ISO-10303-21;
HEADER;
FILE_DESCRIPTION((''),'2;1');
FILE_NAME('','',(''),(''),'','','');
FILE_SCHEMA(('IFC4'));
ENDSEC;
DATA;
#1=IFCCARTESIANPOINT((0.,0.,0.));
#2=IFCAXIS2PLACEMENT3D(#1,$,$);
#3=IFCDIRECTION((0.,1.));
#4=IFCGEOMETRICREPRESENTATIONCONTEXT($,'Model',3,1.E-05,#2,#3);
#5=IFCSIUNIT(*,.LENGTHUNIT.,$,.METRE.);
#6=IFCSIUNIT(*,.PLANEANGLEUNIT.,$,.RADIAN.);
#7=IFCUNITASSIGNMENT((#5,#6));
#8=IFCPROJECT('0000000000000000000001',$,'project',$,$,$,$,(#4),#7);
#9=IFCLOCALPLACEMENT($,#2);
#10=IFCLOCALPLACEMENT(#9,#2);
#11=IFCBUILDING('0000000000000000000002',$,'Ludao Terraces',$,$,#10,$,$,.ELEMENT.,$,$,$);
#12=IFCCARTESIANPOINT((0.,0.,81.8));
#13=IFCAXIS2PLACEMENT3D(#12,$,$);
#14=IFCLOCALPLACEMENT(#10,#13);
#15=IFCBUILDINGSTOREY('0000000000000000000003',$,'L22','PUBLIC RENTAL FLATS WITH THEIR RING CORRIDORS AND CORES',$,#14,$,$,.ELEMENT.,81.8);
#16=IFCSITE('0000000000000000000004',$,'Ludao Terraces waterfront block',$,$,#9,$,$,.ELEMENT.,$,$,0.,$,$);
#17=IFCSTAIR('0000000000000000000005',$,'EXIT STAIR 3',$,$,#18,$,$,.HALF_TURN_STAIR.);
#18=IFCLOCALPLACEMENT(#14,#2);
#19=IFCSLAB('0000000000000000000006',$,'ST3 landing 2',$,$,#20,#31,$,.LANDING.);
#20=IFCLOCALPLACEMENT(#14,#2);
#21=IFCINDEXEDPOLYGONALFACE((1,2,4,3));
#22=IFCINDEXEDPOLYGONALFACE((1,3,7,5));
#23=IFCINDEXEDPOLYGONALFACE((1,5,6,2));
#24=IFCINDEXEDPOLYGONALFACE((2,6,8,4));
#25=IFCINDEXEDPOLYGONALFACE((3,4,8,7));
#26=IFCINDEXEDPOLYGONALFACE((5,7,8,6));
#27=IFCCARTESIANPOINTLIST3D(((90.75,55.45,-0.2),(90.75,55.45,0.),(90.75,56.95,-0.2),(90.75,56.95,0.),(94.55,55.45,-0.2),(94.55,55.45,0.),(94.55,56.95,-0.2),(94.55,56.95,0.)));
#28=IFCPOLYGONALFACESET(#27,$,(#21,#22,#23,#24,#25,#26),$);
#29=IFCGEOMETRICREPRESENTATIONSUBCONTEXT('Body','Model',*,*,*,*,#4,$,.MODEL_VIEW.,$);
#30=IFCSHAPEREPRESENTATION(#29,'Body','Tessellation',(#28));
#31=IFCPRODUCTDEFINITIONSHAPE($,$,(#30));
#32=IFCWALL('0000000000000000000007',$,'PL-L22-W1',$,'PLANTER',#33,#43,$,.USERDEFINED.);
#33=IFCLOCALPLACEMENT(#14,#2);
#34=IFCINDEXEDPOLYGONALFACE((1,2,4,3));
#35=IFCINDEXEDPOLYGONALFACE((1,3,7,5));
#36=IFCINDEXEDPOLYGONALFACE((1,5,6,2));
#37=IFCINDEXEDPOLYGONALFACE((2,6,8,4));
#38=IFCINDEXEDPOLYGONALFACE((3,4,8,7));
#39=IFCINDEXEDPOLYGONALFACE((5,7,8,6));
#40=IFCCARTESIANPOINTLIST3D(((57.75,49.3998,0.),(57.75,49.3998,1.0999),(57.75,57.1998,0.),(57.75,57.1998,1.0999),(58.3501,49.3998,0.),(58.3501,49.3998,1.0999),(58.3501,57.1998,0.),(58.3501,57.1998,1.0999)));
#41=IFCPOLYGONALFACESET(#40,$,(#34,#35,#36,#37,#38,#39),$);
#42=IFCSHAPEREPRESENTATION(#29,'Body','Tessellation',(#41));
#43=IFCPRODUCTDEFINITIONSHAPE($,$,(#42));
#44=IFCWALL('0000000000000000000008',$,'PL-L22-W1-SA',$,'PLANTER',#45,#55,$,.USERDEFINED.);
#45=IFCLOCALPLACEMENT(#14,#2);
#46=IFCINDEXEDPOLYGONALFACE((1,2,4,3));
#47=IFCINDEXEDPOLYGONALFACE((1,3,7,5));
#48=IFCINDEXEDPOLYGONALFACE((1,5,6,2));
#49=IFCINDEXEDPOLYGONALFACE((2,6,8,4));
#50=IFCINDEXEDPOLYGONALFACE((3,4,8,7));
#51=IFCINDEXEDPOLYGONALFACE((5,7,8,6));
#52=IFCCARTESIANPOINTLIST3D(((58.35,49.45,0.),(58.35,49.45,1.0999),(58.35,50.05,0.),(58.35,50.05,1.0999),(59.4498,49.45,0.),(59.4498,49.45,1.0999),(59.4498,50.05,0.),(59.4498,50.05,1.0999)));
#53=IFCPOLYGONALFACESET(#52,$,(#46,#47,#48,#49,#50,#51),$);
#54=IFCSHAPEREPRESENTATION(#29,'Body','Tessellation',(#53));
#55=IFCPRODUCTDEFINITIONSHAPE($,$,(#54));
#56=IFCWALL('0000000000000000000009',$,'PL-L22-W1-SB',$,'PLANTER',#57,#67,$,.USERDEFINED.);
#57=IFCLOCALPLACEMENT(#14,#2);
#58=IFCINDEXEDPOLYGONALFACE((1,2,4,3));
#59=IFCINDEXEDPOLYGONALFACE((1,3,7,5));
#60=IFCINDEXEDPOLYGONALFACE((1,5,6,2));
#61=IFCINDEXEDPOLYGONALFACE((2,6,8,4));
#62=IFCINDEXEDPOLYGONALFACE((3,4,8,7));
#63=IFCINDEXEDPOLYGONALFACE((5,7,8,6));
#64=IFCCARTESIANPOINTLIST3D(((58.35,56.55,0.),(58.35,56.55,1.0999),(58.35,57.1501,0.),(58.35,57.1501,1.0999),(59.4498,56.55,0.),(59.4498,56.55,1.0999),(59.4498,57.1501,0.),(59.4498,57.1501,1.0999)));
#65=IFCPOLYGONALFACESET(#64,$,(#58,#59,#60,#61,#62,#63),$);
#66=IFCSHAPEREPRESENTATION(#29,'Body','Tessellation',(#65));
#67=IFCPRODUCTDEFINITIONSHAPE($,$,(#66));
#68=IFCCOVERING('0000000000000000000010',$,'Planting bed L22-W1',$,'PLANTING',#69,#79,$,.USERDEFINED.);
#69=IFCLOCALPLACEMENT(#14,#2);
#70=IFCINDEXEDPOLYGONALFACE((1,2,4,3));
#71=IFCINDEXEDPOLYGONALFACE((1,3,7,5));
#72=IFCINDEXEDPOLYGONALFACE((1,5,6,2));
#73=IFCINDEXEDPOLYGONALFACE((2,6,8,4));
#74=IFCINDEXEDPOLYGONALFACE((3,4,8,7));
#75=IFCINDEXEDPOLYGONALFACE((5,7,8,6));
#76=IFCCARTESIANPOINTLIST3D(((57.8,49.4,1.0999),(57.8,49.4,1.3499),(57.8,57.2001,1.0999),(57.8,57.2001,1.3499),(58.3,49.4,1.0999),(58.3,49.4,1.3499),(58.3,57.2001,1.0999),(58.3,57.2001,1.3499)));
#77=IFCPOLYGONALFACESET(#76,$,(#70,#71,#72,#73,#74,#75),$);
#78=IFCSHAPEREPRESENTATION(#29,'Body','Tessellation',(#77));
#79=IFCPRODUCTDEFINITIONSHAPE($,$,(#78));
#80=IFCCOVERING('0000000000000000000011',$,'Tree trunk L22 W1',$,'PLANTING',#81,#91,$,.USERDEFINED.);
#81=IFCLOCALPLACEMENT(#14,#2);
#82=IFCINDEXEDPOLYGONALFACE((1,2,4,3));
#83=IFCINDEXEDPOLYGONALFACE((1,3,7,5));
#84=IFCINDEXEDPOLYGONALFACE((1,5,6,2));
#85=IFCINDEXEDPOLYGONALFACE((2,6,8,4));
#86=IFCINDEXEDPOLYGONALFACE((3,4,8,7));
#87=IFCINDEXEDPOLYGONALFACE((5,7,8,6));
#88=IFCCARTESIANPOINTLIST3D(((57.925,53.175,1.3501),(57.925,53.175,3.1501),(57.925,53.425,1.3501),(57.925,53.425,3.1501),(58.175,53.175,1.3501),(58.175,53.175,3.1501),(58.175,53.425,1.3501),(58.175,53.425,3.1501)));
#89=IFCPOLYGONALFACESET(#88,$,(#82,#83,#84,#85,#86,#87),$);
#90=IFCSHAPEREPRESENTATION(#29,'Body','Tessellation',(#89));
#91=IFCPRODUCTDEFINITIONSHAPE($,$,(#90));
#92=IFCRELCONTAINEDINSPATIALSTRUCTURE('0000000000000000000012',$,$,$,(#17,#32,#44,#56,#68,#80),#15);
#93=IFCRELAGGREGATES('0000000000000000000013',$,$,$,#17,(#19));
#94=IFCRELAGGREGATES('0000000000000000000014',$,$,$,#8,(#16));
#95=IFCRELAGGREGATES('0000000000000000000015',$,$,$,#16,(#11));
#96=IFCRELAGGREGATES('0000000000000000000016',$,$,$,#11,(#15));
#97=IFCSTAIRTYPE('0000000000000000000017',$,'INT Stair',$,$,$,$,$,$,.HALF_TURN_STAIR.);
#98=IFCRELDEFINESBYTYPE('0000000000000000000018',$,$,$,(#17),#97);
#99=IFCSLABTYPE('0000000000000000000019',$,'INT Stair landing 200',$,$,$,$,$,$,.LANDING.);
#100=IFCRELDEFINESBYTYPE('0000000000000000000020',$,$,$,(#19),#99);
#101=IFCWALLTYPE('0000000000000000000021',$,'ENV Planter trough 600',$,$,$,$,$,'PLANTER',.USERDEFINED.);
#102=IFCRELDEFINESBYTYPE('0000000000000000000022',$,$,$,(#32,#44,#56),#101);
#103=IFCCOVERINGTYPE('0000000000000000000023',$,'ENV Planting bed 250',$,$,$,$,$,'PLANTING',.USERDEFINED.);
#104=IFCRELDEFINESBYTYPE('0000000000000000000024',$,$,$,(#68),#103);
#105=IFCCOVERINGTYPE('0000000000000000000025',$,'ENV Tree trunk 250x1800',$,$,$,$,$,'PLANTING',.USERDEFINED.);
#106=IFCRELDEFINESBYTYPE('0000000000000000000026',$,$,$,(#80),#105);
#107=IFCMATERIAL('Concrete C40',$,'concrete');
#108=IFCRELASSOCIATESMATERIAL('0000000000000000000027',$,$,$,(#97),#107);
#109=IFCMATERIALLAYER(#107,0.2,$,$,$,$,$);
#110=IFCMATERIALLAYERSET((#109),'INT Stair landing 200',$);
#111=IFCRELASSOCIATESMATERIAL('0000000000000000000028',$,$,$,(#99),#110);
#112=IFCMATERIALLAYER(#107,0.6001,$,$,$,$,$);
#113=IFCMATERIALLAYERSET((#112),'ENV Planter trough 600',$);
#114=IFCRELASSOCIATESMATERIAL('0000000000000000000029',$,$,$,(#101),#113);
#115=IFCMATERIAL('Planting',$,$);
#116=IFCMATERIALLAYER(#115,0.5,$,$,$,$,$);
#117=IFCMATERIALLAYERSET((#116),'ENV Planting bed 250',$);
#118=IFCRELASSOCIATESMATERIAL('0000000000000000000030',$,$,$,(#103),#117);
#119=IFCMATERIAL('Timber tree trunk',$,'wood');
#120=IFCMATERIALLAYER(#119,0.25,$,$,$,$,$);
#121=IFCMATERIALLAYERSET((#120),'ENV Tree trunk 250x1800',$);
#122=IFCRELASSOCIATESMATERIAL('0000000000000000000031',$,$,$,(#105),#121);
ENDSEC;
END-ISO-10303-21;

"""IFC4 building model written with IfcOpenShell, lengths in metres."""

from ifc_helpers import new_model, si_unit, direction, frame, frame_2d, origin, origin_2d, place, context, subcontext, project, spatial, polyline, rectangle, outline, extrude, material, layer, layer_set, type_object, element, aggregate, save


model = new_model("IFC4")

# Units and contexts
model_context = context("Model", 3, precision=1e-05, world=origin(), true_north=direction((0.0, 1.0)))
body_context = subcontext(model_context, "Body", "Model", "MODEL_VIEW")
ifc_project = project(units=[si_unit("LENGTHUNIT", "METRE"), si_unit("PLANEANGLEUNIT", "RADIAN")], contexts=[model_context])

# Site, building, storey
site_placement = place(None, origin())
site = spatial("IfcSite", under=ifc_project, at=site_placement, Name="Ludao Terraces waterfront block", CompositionType="ELEMENT", RefElevation=0.0)
building_placement = place(site_placement, origin())
building = spatial("IfcBuilding", under=site, at=building_placement, Name="Ludao Terraces", CompositionType="ELEMENT")
storey_placement = place(building_placement, frame((0.0, 0.0, 81.8)))
storey = spatial("IfcBuildingStorey", under=building, at=storey_placement, Name="L22", Description="PUBLIC RENTAL FLATS WITH THEIR RING CORRIDORS AND CORES", CompositionType="ELEMENT", Elevation=81.8)

# Shared definitions
ifc_material_1 = material(Name="Concrete C40", Category="concrete")

# Stair, slab
stair_type = type_object("IfcStairType", Name="INT Stair", PredefinedType="HALF_TURN_STAIR", material=ifc_material_1)
ifc_layer_1 = layer(ifc_material_1, 0.2)
ifc_layer_set_1 = layer_set([ifc_layer_1], Name="INT Stair landing 200")
slab_type_1 = type_object("IfcSlabType", Name="INT Stair landing 200", PredefinedType="LANDING", material=ifc_layer_set_1)
stair_1_placement = place(storey_placement, origin())
stair_1 = element("IfcStair", 1, at=stair_1_placement, inside=storey, type_object=stair_type, Name="EXIT STAIR 3", PredefinedType="HALF_TURN_STAIR")
slab_1_placement = place(storey_placement, frame((0.0, 0.0, -0.2)))
slab_1 = element("IfcSlab", 2, at=slab_1_placement, type_object=slab_type_1, Name="ST3 landing 2", PredefinedType="LANDING", context=body_context, shape_type="SweptSolid", body=[
    extrude(outline(polyline([(90.75, 55.45), (94.55, 55.45), (94.55, 56.95), (90.75, 56.95), (90.75, 55.45)])), origin(), (0.0, 0.0, 1.0), 0.2),
])
aggregate(stair_1, [slab_1])

# Walls
ifc_layer_2 = layer(ifc_material_1, 0.6001)
ifc_layer_set_2 = layer_set([ifc_layer_2], Name="ENV Planter trough 600")
wall_type = type_object("IfcWallType", Name="ENV Planter trough 600", ElementType="PLANTER", PredefinedType="USERDEFINED", material=ifc_layer_set_2)
wall_placement = place(storey_placement, frame((58.05, 49.3999, 0.0), z_axis=(0.0, 0.0, 1.0), x_axis=(0.0, 1.0, 0.0)))
element("IfcWall", 3, at=wall_placement, inside=storey, type_object=wall_type, Name="PL-L22-W1", ObjectType="PLANTER", PredefinedType="USERDEFINED", context=body_context, shape_type="SweptSolid", body=[
    extrude(rectangle(XDim=7.8, YDim=0.6001, at=frame_2d((3.8999, 0.0))), origin(), (0.0, 0.0, 1.0), 1.0999),
])
for number, where, z_axis, x_axis, name in (
    (4, (58.3501, 49.75, 0.0), (0.0, 0.0, 1.0), (1.0, 0.0, 0.0), "PL-L22-W1-SA"),
    (5, (58.3501, 56.8501, 0.0), (0.0, 0.0, 1.0), (1.0, 0.0, 0.0), "PL-L22-W1-SB"),
):
    element("IfcWall", number, at=place(storey_placement, frame(where, z_axis=z_axis, x_axis=x_axis)), inside=storey, type_object=wall_type, Name=name, ObjectType="PLANTER", PredefinedType="USERDEFINED", context=body_context, shape_type="SweptSolid", body=[
        extrude(rectangle(XDim=1.0999, YDim=0.6001, at=frame_2d((0.5498, 0.0))), origin(), (0.0, 0.0, 1.0), 1.0999),
    ])

# Coverings
ifc_material_2 = material(Name="Planting")
ifc_layer_3 = layer(ifc_material_2, 0.5)
ifc_layer_set_3 = layer_set([ifc_layer_3], Name="ENV Planting bed 250")
covering_type_1 = type_object("IfcCoveringType", Name="ENV Planting bed 250", ElementType="PLANTING", PredefinedType="USERDEFINED", material=ifc_layer_set_3)
covering_1_placement = place(storey_placement, frame((58.05, 53.3, 1.0999), z_axis=(0.0, 0.0, 1.0), x_axis=(1.0, 0.0, 0.0)))
element("IfcCovering", 6, at=covering_1_placement, inside=storey, type_object=covering_type_1, Name="Planting bed L22-W1", ObjectType="PLANTING", PredefinedType="USERDEFINED", context=body_context, shape_type="SweptSolid", body=[
    extrude(rectangle(XDim=0.5, YDim=7.8, at=origin_2d()), origin(), (0.0, 0.0, 1.0), 0.25),
])
ifc_material_3 = material(Name="Timber tree trunk", Category="wood")
ifc_layer_4 = layer(ifc_material_3, 0.25)
ifc_layer_set_4 = layer_set([ifc_layer_4], Name="ENV Tree trunk 250x1800")
covering_type_2 = type_object("IfcCoveringType", Name="ENV Tree trunk 250x1800", ElementType="PLANTING", PredefinedType="USERDEFINED", material=ifc_layer_set_4)
covering_2_placement = place(storey_placement, frame((58.05, 53.3, 1.3501), z_axis=(0.0, 0.0, 1.0), x_axis=(1.0, 0.0, 0.0)))
element("IfcCovering", 7, at=covering_2_placement, inside=storey, type_object=covering_type_2, Name="Tree trunk L22 W1", ObjectType="PLANTING", PredefinedType="USERDEFINED", context=body_context, shape_type="SweptSolid", body=[
    extrude(rectangle(XDim=0.25, YDim=0.25, at=origin_2d()), origin(), (0.0, 0.0, 1.0), 1.8),
])

save(model, "model.ifc")
